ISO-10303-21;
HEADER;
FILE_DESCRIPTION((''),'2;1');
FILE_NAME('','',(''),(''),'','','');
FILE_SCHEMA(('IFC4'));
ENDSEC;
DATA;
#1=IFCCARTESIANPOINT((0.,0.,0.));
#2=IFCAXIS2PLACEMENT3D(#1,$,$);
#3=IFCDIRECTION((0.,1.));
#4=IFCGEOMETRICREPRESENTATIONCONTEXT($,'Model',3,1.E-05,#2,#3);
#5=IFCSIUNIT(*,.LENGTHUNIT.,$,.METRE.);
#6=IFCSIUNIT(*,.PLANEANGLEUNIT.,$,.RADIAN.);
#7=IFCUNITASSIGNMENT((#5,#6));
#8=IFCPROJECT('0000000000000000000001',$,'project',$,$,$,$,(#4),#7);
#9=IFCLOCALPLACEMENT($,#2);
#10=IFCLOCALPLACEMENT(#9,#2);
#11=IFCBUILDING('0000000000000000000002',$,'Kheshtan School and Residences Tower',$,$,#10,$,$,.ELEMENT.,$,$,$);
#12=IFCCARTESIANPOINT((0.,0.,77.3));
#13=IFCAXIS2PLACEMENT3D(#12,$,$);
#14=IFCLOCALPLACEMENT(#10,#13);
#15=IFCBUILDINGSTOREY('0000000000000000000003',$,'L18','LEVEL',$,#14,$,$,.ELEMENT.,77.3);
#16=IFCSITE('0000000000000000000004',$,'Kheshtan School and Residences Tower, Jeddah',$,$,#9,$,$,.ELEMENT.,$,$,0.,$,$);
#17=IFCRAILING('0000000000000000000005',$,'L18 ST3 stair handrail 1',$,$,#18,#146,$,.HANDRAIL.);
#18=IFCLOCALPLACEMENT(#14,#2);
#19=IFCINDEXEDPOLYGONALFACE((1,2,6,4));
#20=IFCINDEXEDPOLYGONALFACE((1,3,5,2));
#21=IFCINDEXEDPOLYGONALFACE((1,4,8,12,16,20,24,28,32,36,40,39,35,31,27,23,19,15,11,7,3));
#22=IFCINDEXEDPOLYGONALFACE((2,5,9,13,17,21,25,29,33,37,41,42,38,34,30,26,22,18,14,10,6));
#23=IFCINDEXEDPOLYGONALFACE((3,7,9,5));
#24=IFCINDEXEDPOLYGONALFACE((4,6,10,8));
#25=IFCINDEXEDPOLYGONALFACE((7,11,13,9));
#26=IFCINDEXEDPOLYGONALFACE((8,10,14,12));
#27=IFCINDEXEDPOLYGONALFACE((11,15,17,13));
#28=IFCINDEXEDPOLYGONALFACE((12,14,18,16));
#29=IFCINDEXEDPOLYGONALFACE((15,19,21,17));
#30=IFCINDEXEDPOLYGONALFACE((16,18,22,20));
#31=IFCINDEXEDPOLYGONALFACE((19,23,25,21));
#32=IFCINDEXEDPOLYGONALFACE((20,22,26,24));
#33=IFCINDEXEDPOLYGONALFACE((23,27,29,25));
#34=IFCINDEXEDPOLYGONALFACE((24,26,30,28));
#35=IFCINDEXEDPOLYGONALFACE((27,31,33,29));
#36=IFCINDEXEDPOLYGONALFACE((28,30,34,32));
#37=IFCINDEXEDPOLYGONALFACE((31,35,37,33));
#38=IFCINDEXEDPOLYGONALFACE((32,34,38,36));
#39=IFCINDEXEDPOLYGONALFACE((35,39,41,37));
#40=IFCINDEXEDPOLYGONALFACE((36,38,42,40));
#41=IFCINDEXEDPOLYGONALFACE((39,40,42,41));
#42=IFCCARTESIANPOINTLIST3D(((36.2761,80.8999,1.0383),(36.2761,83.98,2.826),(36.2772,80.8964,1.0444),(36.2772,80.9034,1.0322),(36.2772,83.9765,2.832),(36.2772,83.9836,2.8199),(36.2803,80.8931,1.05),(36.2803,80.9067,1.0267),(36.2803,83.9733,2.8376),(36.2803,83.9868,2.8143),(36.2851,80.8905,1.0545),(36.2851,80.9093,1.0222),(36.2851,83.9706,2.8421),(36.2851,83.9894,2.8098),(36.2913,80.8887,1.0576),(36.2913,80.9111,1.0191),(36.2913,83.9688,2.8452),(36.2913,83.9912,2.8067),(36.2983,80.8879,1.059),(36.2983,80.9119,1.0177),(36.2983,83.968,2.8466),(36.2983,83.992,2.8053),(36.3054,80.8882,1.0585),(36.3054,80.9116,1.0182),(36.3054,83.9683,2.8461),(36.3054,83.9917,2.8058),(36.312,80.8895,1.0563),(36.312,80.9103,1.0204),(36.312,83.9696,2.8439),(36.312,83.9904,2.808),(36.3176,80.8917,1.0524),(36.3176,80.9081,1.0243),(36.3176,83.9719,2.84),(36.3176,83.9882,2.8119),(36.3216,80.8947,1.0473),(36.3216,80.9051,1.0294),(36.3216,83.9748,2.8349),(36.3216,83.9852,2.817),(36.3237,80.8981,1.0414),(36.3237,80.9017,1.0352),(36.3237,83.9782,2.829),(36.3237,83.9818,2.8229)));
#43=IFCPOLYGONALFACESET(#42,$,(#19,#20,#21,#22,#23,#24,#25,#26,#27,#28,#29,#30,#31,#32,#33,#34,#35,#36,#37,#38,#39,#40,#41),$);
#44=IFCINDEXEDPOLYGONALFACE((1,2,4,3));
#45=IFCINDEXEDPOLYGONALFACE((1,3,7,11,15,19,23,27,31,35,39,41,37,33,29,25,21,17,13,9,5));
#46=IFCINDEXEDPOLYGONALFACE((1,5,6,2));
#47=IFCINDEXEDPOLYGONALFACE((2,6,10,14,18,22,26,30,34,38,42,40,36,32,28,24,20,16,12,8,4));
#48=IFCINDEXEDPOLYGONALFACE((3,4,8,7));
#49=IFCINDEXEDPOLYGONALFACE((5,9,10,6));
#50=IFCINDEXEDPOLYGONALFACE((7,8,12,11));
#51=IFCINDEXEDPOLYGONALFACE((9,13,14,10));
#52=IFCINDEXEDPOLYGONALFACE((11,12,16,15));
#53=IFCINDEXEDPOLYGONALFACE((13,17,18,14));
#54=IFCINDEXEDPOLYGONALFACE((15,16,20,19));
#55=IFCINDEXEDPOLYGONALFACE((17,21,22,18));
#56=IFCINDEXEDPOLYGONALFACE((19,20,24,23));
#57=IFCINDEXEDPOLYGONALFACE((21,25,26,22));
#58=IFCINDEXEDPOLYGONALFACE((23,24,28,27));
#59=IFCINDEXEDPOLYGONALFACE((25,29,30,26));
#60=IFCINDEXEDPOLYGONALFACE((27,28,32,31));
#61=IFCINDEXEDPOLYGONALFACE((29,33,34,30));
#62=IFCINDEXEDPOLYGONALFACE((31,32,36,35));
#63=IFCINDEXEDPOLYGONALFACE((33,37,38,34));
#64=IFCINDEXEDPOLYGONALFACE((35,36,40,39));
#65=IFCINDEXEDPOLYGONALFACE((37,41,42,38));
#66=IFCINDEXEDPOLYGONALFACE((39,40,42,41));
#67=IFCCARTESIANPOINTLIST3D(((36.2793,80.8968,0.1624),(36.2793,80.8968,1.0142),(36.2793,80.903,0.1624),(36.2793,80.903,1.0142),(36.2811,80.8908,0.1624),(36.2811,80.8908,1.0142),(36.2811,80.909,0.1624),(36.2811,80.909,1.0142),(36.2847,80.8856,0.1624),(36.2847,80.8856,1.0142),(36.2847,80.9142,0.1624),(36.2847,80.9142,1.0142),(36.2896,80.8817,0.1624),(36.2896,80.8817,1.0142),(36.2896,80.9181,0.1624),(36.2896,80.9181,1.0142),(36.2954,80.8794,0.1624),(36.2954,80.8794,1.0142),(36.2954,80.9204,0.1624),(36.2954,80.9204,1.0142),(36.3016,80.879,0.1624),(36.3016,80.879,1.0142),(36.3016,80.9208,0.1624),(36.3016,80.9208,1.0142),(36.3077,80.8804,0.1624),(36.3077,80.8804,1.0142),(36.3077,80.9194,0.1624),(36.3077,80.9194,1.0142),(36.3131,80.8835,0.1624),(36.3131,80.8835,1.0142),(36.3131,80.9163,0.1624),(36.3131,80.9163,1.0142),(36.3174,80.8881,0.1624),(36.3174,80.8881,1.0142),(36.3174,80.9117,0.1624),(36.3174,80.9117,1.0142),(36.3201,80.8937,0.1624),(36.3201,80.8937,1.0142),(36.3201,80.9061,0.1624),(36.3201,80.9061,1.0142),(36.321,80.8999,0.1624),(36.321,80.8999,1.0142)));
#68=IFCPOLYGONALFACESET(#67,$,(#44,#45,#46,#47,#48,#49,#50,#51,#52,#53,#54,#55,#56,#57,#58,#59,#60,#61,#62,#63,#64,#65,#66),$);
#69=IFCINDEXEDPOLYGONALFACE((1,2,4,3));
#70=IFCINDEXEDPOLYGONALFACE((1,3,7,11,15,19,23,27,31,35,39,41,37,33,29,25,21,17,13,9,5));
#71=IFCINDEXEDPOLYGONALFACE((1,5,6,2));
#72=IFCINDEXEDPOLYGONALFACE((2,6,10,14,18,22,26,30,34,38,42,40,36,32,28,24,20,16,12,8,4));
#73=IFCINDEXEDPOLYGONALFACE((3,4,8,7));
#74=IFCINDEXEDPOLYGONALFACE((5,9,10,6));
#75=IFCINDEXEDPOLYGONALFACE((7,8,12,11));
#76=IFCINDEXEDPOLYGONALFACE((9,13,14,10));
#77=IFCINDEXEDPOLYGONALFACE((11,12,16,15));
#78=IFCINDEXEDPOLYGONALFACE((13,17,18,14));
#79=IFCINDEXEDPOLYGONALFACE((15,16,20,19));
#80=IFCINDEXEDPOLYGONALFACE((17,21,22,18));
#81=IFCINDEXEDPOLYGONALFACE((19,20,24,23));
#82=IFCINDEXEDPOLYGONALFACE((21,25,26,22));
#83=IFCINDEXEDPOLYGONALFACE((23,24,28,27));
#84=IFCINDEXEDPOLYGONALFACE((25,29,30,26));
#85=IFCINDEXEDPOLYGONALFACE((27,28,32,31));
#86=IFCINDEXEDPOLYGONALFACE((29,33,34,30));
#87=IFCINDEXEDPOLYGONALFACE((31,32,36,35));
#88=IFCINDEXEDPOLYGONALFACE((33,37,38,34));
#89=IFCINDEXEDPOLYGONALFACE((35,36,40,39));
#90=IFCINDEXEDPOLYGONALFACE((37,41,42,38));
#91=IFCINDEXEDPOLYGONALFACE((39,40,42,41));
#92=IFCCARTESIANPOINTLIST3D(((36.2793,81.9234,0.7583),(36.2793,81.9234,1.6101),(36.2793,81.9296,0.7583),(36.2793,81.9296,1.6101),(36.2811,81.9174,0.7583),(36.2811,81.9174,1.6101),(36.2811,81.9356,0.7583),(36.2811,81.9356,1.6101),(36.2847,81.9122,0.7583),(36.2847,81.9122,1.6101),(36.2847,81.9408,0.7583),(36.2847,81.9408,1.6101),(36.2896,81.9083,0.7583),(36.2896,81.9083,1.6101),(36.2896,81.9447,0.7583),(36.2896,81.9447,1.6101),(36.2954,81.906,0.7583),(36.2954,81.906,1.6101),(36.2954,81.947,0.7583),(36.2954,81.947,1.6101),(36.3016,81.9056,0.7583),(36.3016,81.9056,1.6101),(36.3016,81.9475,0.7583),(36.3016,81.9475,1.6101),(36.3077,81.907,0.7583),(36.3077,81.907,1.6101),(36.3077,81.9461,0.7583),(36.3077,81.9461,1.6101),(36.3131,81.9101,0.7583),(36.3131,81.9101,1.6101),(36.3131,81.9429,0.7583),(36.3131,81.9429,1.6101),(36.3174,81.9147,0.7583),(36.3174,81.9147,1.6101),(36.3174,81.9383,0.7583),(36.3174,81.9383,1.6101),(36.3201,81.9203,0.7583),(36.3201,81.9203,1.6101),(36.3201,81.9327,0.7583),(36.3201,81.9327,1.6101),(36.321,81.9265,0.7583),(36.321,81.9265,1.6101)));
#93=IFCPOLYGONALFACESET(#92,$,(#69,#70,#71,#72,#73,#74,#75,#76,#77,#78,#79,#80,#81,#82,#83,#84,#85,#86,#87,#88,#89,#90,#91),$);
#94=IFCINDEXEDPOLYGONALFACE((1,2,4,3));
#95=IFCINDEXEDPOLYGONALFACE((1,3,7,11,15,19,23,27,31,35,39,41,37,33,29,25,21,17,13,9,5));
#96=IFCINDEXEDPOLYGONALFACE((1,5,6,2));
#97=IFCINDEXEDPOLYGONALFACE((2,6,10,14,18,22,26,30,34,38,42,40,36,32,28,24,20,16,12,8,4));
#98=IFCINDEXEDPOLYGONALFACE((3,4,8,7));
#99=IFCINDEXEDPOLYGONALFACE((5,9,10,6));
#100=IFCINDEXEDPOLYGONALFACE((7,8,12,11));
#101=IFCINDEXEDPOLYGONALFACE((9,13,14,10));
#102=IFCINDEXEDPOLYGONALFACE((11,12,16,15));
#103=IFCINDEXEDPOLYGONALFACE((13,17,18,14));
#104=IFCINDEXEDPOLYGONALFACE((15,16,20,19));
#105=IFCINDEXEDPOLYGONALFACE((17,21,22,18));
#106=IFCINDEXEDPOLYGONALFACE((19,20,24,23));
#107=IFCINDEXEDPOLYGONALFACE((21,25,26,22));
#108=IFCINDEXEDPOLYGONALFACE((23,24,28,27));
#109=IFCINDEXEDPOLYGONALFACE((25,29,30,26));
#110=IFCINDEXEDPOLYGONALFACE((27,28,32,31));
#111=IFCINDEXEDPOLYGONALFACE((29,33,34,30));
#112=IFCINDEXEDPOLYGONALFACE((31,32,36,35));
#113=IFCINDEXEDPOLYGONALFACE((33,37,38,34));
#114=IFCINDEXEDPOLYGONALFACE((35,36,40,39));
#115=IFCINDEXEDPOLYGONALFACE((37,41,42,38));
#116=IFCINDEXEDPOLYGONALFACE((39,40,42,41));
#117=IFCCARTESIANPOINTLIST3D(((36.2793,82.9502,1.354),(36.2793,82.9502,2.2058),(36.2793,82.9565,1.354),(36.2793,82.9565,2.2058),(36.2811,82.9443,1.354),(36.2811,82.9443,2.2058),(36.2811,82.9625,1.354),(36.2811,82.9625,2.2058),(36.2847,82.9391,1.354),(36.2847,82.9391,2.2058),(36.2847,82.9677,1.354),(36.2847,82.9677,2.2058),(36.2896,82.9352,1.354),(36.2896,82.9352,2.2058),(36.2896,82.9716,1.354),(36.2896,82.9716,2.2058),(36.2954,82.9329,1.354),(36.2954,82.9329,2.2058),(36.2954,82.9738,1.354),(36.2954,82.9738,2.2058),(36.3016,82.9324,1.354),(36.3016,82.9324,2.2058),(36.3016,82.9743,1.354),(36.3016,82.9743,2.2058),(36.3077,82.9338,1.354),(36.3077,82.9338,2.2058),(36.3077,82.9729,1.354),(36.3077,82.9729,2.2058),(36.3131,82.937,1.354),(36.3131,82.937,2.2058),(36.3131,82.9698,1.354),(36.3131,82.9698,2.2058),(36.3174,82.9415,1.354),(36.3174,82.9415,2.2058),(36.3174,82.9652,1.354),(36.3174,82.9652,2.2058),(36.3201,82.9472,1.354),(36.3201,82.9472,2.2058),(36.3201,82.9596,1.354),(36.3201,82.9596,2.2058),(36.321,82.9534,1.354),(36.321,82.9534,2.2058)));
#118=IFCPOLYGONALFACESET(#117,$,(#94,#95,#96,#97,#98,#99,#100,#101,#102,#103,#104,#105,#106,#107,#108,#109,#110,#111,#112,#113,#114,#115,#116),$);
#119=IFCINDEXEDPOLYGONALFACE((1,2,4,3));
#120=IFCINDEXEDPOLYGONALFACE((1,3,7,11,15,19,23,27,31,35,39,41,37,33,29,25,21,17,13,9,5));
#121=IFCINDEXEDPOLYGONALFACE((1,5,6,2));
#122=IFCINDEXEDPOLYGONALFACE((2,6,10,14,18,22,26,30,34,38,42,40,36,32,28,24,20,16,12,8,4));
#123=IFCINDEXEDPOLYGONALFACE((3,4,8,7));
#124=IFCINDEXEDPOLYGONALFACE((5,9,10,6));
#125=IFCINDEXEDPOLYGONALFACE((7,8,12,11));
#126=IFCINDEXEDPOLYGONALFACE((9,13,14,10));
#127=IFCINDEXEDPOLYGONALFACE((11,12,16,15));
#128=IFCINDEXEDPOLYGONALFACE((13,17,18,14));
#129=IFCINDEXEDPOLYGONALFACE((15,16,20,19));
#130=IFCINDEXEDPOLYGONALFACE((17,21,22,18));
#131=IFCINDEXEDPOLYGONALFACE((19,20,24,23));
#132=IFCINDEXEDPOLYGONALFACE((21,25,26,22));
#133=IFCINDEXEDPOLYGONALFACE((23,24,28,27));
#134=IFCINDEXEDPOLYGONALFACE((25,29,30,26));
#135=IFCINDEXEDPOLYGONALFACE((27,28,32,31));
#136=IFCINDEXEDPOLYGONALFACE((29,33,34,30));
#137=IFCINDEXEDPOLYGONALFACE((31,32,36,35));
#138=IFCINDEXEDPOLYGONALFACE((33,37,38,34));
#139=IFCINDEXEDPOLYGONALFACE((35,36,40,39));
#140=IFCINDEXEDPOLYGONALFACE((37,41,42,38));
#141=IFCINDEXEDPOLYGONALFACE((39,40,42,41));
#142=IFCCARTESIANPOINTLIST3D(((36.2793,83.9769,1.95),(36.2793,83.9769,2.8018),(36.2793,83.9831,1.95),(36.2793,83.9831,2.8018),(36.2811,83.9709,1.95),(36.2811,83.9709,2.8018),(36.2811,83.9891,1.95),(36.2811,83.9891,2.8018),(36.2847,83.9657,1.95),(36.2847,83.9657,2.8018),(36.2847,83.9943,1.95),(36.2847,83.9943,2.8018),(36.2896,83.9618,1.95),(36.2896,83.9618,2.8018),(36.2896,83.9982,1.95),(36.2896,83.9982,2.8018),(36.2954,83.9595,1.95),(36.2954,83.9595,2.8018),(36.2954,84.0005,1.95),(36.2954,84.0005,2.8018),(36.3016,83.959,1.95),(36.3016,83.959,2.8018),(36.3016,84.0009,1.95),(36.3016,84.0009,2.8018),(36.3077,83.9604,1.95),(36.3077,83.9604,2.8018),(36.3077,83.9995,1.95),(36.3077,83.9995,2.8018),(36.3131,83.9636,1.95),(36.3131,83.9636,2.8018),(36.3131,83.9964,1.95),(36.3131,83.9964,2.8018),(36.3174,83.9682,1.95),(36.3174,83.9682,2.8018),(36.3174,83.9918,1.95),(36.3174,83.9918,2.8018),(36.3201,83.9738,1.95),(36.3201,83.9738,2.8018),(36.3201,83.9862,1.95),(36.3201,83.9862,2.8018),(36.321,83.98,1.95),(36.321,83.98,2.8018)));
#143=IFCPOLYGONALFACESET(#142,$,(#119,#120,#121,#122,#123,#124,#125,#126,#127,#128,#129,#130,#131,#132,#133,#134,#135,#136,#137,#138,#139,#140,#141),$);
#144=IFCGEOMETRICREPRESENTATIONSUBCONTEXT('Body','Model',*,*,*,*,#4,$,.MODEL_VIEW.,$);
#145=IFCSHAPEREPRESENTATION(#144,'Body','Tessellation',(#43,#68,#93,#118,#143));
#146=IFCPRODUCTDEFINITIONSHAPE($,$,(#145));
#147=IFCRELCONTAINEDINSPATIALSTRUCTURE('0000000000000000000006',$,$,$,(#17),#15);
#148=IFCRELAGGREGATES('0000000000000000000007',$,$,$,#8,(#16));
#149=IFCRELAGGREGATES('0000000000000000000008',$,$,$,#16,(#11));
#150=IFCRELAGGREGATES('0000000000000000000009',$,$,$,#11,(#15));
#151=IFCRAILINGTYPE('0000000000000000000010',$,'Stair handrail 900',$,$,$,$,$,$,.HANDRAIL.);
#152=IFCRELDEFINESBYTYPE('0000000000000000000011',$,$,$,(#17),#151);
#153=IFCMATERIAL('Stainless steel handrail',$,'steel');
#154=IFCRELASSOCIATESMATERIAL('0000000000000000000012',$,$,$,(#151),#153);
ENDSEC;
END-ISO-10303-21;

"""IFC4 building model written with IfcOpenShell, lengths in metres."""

from ifc_helpers import new_model, si_unit, direction, frame, origin, origin_2d, place, context, subcontext, project, spatial, circle, extrude, material, type_object, element, save


model = new_model("IFC4")

# Units and contexts
model_context = context("Model", 3, precision=1e-05, world=origin(), true_north=direction((0.0, 1.0)))
body_context = subcontext(model_context, "Body", "Model", "MODEL_VIEW")
ifc_project = project(units=[si_unit("LENGTHUNIT", "METRE"), si_unit("PLANEANGLEUNIT", "RADIAN")], contexts=[model_context])

# Site, building, storey
site_placement = place(None, origin())
site = spatial("IfcSite", under=ifc_project, at=site_placement, Name="Kheshtan School and Residences Tower, Jeddah", CompositionType="ELEMENT", RefElevation=0.0)
building_placement = place(site_placement, origin())
building = spatial("IfcBuilding", under=site, at=building_placement, Name="Kheshtan School and Residences Tower", CompositionType="ELEMENT")
storey_placement = place(building_placement, frame((0.0, 0.0, 77.3)))
storey = spatial("IfcBuildingStorey", under=building, at=storey_placement, Name="L18", Description="LEVEL", CompositionType="ELEMENT", Elevation=77.3)

# Railing
ifc_material_1 = material(Name="Stainless steel handrail", Category="steel")
railing_type_1 = type_object("IfcRailingType", Name="Stair handrail 900", PredefinedType="HANDRAIL", material=ifc_material_1)
railing_1_placement = place(storey_placement, frame((36.3, 80.8999, 0.1624)))
element("IfcRailing", 1, at=railing_1_placement, inside=storey, type_object=railing_type_1, Name="L18 ST3 stair handrail 1", PredefinedType="HANDRAIL", context=body_context, shape_type="SweptSolid", body=[
    extrude(circle(Radius=0.0239, at=origin_2d()), frame((0.0, 0.0, 0.876), z_axis=(0.0, 0.864891, 0.50196), x_axis=(-1.0, 0.0, 0.0)), (0.0, 0.0, 1.0), 3.5613),
    extrude(circle(Radius=0.021, at=origin_2d()), origin(), (0.0, 0.0, 1.0), 0.8518),
    extrude(circle(Radius=0.021, at=origin_2d()), frame((0.0, 1.0266, 0.5959)), (0.0, 0.0, 1.0), 0.8518),
    extrude(circle(Radius=0.021, at=origin_2d()), frame((0.0, 2.0535, 1.1917)), (0.0, 0.0, 1.0), 0.8518),
    extrude(circle(Radius=0.021, at=origin_2d()), frame((0.0, 3.0801, 1.7876)), (0.0, 0.0, 1.0), 0.8518),
])

save(model, "model.ifc")
